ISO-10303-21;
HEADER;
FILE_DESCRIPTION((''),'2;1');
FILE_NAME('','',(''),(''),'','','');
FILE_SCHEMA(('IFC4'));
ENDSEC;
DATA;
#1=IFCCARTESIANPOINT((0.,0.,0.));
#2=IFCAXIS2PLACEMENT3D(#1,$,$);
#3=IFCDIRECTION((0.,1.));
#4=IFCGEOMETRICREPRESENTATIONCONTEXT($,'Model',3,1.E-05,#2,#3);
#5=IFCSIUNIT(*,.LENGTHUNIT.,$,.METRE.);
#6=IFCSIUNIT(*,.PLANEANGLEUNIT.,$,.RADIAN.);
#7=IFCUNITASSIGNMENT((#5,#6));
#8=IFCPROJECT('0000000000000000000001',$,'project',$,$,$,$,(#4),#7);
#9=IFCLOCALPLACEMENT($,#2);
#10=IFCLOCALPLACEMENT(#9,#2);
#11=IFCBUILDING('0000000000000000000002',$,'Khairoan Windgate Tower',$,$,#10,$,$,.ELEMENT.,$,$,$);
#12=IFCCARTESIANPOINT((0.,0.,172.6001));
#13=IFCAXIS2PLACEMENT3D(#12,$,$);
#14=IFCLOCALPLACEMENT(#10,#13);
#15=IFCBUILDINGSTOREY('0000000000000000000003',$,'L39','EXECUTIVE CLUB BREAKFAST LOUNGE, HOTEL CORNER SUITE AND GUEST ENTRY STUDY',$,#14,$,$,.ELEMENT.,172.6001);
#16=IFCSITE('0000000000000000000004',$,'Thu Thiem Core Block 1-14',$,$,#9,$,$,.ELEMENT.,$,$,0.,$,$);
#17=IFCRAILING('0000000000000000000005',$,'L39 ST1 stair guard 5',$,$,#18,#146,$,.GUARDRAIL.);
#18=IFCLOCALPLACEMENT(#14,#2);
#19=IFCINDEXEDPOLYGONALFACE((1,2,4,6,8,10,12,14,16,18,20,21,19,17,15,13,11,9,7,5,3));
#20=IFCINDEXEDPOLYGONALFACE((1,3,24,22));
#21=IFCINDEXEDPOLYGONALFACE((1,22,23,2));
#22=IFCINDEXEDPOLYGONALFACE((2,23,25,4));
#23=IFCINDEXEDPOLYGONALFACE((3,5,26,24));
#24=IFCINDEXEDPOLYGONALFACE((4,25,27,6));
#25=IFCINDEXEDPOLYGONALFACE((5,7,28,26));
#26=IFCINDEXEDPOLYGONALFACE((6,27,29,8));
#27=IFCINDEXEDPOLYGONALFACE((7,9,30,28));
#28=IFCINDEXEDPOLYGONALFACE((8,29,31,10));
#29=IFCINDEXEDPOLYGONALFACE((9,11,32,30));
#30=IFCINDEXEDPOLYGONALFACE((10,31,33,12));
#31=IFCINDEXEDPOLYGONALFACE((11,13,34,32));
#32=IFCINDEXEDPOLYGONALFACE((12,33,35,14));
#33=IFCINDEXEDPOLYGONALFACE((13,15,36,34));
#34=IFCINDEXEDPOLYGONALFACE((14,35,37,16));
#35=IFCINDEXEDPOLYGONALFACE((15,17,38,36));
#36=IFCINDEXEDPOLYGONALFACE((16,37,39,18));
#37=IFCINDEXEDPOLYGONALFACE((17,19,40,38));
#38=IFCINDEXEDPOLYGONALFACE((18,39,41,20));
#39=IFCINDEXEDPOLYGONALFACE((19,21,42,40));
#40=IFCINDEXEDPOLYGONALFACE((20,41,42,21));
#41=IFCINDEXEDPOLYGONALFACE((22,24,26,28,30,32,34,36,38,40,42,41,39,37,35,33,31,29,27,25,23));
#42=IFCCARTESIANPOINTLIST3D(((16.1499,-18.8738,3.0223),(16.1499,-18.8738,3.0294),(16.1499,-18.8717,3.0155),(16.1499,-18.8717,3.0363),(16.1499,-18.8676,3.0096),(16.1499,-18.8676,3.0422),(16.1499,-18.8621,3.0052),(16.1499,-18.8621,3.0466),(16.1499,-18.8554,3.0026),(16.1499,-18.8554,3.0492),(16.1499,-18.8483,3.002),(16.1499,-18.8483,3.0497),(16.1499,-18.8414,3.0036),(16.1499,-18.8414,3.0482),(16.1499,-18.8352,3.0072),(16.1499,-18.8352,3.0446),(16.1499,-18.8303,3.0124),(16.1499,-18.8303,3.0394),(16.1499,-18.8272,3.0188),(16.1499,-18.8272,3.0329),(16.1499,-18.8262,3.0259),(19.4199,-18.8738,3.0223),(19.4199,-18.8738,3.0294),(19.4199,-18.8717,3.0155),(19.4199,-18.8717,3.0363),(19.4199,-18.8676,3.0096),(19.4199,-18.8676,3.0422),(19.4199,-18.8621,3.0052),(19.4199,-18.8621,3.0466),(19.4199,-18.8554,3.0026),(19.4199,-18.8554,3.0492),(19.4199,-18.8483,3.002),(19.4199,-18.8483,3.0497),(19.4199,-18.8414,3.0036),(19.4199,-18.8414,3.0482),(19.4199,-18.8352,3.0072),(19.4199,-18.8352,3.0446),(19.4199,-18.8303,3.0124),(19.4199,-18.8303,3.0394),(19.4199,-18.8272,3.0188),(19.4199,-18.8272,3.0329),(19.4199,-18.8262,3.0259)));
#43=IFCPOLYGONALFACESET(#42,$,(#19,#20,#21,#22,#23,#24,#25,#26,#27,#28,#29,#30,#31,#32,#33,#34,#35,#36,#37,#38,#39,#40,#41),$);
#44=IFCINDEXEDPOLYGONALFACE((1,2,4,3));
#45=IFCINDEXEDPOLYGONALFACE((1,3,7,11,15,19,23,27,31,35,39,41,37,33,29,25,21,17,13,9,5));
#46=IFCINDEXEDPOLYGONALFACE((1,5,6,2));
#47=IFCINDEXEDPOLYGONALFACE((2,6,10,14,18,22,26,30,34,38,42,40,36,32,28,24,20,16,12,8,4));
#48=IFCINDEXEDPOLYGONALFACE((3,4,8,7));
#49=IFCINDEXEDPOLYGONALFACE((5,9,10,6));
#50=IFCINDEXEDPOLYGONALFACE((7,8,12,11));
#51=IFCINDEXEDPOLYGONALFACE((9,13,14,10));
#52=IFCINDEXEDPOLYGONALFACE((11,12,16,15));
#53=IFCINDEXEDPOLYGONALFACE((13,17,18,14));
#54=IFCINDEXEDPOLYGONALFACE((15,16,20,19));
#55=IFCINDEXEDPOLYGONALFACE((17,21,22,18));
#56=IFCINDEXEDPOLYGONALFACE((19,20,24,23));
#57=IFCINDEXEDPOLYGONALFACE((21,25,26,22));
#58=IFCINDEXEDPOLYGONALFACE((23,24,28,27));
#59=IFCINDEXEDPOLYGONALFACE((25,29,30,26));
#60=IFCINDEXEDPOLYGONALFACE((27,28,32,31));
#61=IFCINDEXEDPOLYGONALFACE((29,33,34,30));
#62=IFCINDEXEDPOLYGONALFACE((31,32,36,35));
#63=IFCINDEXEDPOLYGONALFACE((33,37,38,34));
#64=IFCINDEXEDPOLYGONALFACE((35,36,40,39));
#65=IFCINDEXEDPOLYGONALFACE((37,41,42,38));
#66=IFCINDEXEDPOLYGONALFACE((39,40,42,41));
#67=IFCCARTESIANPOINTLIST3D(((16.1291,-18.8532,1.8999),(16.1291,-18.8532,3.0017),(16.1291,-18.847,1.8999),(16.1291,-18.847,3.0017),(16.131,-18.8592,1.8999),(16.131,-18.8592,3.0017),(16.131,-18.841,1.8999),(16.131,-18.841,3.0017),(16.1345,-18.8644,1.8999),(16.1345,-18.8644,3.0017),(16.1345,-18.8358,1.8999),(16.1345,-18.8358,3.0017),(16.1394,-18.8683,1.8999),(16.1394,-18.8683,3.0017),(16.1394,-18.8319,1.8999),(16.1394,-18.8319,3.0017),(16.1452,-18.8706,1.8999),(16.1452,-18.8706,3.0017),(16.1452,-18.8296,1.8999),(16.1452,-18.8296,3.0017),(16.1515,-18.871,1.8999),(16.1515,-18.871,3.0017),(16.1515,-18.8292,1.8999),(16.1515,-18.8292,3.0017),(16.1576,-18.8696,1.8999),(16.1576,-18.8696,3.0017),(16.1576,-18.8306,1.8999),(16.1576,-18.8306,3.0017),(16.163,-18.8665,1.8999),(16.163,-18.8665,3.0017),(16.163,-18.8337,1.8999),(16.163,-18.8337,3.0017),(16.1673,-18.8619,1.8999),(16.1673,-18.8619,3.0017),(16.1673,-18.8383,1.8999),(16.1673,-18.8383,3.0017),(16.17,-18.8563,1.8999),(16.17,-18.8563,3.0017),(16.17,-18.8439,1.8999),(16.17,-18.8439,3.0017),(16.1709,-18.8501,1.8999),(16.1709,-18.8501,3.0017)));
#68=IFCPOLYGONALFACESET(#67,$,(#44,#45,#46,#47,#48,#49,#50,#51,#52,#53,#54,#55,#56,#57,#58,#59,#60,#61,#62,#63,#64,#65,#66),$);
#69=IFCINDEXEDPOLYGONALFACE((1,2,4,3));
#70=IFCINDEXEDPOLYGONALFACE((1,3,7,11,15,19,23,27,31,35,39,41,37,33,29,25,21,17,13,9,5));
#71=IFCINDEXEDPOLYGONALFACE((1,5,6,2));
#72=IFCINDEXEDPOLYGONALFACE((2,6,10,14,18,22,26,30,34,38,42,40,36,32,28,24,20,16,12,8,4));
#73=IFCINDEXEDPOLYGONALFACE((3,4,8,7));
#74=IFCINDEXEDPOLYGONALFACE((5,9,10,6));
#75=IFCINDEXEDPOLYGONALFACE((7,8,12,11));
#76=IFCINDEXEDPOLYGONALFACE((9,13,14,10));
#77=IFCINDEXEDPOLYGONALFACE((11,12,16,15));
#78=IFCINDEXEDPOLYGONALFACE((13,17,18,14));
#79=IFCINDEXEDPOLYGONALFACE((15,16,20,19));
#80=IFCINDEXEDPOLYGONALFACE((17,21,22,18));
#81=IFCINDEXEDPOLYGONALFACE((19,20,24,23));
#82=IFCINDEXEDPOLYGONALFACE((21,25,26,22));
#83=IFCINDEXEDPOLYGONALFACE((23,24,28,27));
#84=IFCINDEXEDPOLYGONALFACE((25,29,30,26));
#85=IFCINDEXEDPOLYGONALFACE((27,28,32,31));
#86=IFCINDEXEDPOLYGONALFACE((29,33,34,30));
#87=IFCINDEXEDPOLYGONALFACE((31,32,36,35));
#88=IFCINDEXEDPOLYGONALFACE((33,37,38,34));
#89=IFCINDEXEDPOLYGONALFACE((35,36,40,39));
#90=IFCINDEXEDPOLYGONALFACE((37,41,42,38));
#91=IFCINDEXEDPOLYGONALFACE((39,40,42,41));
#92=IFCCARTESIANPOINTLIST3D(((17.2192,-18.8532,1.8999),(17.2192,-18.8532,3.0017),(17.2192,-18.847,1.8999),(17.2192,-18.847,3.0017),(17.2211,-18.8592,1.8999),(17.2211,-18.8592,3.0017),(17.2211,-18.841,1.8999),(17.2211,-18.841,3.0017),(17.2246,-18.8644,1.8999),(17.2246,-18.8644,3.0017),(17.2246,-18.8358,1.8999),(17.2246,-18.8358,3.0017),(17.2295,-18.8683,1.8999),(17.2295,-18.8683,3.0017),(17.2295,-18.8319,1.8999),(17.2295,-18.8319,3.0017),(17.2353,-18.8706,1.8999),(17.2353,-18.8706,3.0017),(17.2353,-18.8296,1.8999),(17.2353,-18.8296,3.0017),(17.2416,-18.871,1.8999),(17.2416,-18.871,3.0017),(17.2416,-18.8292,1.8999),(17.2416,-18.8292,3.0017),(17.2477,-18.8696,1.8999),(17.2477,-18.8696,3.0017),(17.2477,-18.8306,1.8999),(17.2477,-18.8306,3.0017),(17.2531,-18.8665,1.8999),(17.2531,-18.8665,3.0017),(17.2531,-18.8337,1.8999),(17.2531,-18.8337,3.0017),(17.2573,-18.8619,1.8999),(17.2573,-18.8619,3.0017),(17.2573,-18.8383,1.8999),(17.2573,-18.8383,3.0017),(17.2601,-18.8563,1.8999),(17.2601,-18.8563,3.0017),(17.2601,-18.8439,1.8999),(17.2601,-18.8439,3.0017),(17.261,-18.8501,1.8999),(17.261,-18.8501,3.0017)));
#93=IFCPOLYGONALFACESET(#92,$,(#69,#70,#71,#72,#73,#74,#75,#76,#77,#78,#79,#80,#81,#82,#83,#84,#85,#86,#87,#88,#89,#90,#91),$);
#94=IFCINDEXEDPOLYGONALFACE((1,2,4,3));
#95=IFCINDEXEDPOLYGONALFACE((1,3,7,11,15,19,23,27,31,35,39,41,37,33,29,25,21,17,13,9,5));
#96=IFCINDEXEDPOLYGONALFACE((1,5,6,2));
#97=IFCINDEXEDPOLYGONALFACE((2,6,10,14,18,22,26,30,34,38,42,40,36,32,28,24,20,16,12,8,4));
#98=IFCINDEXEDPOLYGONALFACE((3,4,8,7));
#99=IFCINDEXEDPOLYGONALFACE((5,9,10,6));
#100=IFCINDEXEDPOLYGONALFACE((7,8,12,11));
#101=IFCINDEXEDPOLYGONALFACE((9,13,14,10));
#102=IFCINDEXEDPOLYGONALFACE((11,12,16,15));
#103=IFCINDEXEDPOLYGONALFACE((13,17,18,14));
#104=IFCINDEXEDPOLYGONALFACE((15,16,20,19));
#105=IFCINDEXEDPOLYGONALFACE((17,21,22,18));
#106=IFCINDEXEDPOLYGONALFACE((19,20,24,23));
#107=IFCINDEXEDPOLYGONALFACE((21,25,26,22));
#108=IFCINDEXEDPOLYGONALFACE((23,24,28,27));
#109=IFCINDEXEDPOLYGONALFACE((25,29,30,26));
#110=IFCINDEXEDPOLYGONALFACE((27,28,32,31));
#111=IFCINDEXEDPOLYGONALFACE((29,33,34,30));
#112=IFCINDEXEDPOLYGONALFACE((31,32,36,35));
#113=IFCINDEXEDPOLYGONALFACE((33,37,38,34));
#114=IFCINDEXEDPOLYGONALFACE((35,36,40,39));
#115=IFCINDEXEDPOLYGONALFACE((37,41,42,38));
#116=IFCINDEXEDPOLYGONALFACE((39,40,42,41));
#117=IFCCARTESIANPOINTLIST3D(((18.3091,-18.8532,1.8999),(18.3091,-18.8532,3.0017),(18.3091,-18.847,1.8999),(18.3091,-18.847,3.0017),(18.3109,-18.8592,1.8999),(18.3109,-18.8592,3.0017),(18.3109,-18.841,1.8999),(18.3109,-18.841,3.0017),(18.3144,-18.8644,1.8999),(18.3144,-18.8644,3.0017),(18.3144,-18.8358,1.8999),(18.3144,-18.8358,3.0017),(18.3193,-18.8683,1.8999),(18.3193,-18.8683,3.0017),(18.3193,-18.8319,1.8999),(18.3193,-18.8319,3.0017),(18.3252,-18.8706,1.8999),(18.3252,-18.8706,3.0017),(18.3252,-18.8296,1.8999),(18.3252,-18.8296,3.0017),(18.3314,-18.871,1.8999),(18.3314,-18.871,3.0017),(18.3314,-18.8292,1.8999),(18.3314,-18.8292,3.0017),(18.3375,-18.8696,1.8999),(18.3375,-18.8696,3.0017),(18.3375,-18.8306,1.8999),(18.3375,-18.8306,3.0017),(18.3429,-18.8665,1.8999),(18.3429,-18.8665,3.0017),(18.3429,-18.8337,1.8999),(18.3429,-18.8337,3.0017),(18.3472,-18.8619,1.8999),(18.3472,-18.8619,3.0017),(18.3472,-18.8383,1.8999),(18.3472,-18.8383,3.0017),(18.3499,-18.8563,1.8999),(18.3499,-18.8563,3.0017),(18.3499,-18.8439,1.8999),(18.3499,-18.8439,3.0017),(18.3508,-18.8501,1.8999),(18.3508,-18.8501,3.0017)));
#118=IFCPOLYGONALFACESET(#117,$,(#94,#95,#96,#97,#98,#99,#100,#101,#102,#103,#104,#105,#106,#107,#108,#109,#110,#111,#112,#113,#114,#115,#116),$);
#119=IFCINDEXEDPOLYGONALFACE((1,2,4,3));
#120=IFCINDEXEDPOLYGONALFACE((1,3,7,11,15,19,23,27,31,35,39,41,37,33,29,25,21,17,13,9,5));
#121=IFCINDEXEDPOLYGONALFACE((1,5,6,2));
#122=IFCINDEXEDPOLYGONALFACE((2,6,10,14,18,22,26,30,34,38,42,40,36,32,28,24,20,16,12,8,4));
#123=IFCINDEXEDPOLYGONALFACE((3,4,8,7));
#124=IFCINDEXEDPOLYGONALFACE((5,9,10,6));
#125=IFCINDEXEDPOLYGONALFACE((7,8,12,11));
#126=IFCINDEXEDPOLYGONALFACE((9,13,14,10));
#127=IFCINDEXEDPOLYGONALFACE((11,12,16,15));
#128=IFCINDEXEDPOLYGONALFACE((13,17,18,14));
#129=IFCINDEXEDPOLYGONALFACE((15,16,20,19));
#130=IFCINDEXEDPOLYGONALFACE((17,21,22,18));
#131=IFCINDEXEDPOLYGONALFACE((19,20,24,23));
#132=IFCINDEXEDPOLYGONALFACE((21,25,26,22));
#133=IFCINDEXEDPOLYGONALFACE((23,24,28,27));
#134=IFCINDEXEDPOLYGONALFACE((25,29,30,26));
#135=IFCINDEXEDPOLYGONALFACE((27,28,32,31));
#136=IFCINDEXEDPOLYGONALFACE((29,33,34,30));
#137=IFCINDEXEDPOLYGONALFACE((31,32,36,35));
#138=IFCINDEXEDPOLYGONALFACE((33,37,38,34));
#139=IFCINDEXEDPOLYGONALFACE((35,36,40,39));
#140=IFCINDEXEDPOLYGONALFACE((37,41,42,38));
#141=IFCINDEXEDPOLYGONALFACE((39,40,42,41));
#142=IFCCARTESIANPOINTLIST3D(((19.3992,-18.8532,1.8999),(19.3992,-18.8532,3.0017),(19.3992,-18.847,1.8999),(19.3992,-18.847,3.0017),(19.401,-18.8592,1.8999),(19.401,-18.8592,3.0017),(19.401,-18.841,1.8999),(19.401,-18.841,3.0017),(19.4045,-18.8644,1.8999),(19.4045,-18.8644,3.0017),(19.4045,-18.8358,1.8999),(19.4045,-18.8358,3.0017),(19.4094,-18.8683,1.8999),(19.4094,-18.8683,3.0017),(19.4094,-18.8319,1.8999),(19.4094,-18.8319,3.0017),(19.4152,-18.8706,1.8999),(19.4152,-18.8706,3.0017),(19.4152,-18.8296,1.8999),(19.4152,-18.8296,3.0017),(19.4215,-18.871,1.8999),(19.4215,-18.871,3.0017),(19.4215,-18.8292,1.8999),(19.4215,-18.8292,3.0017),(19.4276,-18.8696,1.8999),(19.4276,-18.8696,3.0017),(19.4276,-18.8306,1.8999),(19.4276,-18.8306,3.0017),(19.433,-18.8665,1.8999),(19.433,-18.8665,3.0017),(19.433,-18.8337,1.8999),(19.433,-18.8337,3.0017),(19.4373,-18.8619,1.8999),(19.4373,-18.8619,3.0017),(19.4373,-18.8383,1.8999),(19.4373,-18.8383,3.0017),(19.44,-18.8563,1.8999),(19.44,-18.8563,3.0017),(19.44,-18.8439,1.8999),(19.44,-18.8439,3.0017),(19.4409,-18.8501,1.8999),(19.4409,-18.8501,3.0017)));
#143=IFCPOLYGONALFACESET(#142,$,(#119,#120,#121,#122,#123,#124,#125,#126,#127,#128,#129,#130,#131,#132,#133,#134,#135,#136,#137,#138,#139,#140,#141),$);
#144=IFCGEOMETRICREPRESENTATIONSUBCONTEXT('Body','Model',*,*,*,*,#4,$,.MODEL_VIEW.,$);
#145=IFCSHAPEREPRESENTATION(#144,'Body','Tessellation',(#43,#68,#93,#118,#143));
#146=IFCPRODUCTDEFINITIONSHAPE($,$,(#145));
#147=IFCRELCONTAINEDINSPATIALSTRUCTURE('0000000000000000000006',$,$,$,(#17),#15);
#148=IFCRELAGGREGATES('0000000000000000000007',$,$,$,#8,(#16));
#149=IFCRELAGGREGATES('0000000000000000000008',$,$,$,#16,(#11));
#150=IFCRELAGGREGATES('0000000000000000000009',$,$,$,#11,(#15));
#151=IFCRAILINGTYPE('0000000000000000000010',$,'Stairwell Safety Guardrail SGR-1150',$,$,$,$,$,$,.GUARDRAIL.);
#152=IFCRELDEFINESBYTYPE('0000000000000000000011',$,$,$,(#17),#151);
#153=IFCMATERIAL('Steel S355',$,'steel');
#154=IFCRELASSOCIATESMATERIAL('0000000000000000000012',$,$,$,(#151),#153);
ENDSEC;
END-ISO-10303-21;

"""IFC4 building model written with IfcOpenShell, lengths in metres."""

from ifc_helpers import new_model, si_unit, direction, frame, origin, origin_2d, place, context, subcontext, project, spatial, circle, extrude, material, type_object, element, save


model = new_model("IFC4")

# Units and contexts
model_context = context("Model", 3, precision=1e-05, world=origin(), true_north=direction((0.0, 1.0)))
body_context = subcontext(model_context, "Body", "Model", "MODEL_VIEW")
ifc_project = project(units=[si_unit("LENGTHUNIT", "METRE"), si_unit("PLANEANGLEUNIT", "RADIAN")], contexts=[model_context])

# Site, building, storey
site_placement = place(None, origin())
site = spatial("IfcSite", under=ifc_project, at=site_placement, Name="Thu Thiem Core Block 1-14", CompositionType="ELEMENT", RefElevation=0.0)
building_placement = place(site_placement, origin())
building = spatial("IfcBuilding", under=site, at=building_placement, Name="Khairoan Windgate Tower", CompositionType="ELEMENT")
storey_placement = place(building_placement, frame((0.0, 0.0, 172.6001)))
storey = spatial("IfcBuildingStorey", under=building, at=storey_placement, Name="L39", Description="EXECUTIVE CLUB BREAKFAST LOUNGE, HOTEL CORNER SUITE AND GUEST ENTRY STUDY", CompositionType="ELEMENT", Elevation=172.6001)

# Railing
ifc_material_1 = material(Name="Steel S355", Category="steel")
railing_type = type_object("IfcRailingType", Name="Stairwell Safety Guardrail SGR-1150", PredefinedType="GUARDRAIL", material=ifc_material_1)
railing_1_placement = place(storey_placement, frame((16.1499, -18.8501, 1.8999)))
element("IfcRailing", 1, at=railing_1_placement, inside=storey, type_object=railing_type, Name="L39 ST1 stair guard 5", PredefinedType="GUARDRAIL", context=body_context, shape_type="SweptSolid", body=[
    extrude(circle(Radius=0.0239, at=origin_2d()), frame((0.0, 0.0, 1.126), z_axis=(1.0, 0.0, 0.0), x_axis=(0.0, 1.0, 0.0)), (0.0, 0.0, 1.0), 3.27),
    extrude(circle(Radius=0.021, at=origin_2d()), origin(), (0.0, 0.0, 1.0), 1.1018),
    extrude(circle(Radius=0.021, at=origin_2d()), frame((1.0901, 0.0, 0.0)), (0.0, 0.0, 1.0), 1.1018),
    extrude(circle(Radius=0.021, at=origin_2d()), frame((2.1799, 0.0, 0.0)), (0.0, 0.0, 1.0), 1.1018),
    extrude(circle(Radius=0.021, at=origin_2d()), frame((3.27, 0.0, 0.0)), (0.0, 0.0, 1.0), 1.1018),
])

save(model, "model.ifc")
